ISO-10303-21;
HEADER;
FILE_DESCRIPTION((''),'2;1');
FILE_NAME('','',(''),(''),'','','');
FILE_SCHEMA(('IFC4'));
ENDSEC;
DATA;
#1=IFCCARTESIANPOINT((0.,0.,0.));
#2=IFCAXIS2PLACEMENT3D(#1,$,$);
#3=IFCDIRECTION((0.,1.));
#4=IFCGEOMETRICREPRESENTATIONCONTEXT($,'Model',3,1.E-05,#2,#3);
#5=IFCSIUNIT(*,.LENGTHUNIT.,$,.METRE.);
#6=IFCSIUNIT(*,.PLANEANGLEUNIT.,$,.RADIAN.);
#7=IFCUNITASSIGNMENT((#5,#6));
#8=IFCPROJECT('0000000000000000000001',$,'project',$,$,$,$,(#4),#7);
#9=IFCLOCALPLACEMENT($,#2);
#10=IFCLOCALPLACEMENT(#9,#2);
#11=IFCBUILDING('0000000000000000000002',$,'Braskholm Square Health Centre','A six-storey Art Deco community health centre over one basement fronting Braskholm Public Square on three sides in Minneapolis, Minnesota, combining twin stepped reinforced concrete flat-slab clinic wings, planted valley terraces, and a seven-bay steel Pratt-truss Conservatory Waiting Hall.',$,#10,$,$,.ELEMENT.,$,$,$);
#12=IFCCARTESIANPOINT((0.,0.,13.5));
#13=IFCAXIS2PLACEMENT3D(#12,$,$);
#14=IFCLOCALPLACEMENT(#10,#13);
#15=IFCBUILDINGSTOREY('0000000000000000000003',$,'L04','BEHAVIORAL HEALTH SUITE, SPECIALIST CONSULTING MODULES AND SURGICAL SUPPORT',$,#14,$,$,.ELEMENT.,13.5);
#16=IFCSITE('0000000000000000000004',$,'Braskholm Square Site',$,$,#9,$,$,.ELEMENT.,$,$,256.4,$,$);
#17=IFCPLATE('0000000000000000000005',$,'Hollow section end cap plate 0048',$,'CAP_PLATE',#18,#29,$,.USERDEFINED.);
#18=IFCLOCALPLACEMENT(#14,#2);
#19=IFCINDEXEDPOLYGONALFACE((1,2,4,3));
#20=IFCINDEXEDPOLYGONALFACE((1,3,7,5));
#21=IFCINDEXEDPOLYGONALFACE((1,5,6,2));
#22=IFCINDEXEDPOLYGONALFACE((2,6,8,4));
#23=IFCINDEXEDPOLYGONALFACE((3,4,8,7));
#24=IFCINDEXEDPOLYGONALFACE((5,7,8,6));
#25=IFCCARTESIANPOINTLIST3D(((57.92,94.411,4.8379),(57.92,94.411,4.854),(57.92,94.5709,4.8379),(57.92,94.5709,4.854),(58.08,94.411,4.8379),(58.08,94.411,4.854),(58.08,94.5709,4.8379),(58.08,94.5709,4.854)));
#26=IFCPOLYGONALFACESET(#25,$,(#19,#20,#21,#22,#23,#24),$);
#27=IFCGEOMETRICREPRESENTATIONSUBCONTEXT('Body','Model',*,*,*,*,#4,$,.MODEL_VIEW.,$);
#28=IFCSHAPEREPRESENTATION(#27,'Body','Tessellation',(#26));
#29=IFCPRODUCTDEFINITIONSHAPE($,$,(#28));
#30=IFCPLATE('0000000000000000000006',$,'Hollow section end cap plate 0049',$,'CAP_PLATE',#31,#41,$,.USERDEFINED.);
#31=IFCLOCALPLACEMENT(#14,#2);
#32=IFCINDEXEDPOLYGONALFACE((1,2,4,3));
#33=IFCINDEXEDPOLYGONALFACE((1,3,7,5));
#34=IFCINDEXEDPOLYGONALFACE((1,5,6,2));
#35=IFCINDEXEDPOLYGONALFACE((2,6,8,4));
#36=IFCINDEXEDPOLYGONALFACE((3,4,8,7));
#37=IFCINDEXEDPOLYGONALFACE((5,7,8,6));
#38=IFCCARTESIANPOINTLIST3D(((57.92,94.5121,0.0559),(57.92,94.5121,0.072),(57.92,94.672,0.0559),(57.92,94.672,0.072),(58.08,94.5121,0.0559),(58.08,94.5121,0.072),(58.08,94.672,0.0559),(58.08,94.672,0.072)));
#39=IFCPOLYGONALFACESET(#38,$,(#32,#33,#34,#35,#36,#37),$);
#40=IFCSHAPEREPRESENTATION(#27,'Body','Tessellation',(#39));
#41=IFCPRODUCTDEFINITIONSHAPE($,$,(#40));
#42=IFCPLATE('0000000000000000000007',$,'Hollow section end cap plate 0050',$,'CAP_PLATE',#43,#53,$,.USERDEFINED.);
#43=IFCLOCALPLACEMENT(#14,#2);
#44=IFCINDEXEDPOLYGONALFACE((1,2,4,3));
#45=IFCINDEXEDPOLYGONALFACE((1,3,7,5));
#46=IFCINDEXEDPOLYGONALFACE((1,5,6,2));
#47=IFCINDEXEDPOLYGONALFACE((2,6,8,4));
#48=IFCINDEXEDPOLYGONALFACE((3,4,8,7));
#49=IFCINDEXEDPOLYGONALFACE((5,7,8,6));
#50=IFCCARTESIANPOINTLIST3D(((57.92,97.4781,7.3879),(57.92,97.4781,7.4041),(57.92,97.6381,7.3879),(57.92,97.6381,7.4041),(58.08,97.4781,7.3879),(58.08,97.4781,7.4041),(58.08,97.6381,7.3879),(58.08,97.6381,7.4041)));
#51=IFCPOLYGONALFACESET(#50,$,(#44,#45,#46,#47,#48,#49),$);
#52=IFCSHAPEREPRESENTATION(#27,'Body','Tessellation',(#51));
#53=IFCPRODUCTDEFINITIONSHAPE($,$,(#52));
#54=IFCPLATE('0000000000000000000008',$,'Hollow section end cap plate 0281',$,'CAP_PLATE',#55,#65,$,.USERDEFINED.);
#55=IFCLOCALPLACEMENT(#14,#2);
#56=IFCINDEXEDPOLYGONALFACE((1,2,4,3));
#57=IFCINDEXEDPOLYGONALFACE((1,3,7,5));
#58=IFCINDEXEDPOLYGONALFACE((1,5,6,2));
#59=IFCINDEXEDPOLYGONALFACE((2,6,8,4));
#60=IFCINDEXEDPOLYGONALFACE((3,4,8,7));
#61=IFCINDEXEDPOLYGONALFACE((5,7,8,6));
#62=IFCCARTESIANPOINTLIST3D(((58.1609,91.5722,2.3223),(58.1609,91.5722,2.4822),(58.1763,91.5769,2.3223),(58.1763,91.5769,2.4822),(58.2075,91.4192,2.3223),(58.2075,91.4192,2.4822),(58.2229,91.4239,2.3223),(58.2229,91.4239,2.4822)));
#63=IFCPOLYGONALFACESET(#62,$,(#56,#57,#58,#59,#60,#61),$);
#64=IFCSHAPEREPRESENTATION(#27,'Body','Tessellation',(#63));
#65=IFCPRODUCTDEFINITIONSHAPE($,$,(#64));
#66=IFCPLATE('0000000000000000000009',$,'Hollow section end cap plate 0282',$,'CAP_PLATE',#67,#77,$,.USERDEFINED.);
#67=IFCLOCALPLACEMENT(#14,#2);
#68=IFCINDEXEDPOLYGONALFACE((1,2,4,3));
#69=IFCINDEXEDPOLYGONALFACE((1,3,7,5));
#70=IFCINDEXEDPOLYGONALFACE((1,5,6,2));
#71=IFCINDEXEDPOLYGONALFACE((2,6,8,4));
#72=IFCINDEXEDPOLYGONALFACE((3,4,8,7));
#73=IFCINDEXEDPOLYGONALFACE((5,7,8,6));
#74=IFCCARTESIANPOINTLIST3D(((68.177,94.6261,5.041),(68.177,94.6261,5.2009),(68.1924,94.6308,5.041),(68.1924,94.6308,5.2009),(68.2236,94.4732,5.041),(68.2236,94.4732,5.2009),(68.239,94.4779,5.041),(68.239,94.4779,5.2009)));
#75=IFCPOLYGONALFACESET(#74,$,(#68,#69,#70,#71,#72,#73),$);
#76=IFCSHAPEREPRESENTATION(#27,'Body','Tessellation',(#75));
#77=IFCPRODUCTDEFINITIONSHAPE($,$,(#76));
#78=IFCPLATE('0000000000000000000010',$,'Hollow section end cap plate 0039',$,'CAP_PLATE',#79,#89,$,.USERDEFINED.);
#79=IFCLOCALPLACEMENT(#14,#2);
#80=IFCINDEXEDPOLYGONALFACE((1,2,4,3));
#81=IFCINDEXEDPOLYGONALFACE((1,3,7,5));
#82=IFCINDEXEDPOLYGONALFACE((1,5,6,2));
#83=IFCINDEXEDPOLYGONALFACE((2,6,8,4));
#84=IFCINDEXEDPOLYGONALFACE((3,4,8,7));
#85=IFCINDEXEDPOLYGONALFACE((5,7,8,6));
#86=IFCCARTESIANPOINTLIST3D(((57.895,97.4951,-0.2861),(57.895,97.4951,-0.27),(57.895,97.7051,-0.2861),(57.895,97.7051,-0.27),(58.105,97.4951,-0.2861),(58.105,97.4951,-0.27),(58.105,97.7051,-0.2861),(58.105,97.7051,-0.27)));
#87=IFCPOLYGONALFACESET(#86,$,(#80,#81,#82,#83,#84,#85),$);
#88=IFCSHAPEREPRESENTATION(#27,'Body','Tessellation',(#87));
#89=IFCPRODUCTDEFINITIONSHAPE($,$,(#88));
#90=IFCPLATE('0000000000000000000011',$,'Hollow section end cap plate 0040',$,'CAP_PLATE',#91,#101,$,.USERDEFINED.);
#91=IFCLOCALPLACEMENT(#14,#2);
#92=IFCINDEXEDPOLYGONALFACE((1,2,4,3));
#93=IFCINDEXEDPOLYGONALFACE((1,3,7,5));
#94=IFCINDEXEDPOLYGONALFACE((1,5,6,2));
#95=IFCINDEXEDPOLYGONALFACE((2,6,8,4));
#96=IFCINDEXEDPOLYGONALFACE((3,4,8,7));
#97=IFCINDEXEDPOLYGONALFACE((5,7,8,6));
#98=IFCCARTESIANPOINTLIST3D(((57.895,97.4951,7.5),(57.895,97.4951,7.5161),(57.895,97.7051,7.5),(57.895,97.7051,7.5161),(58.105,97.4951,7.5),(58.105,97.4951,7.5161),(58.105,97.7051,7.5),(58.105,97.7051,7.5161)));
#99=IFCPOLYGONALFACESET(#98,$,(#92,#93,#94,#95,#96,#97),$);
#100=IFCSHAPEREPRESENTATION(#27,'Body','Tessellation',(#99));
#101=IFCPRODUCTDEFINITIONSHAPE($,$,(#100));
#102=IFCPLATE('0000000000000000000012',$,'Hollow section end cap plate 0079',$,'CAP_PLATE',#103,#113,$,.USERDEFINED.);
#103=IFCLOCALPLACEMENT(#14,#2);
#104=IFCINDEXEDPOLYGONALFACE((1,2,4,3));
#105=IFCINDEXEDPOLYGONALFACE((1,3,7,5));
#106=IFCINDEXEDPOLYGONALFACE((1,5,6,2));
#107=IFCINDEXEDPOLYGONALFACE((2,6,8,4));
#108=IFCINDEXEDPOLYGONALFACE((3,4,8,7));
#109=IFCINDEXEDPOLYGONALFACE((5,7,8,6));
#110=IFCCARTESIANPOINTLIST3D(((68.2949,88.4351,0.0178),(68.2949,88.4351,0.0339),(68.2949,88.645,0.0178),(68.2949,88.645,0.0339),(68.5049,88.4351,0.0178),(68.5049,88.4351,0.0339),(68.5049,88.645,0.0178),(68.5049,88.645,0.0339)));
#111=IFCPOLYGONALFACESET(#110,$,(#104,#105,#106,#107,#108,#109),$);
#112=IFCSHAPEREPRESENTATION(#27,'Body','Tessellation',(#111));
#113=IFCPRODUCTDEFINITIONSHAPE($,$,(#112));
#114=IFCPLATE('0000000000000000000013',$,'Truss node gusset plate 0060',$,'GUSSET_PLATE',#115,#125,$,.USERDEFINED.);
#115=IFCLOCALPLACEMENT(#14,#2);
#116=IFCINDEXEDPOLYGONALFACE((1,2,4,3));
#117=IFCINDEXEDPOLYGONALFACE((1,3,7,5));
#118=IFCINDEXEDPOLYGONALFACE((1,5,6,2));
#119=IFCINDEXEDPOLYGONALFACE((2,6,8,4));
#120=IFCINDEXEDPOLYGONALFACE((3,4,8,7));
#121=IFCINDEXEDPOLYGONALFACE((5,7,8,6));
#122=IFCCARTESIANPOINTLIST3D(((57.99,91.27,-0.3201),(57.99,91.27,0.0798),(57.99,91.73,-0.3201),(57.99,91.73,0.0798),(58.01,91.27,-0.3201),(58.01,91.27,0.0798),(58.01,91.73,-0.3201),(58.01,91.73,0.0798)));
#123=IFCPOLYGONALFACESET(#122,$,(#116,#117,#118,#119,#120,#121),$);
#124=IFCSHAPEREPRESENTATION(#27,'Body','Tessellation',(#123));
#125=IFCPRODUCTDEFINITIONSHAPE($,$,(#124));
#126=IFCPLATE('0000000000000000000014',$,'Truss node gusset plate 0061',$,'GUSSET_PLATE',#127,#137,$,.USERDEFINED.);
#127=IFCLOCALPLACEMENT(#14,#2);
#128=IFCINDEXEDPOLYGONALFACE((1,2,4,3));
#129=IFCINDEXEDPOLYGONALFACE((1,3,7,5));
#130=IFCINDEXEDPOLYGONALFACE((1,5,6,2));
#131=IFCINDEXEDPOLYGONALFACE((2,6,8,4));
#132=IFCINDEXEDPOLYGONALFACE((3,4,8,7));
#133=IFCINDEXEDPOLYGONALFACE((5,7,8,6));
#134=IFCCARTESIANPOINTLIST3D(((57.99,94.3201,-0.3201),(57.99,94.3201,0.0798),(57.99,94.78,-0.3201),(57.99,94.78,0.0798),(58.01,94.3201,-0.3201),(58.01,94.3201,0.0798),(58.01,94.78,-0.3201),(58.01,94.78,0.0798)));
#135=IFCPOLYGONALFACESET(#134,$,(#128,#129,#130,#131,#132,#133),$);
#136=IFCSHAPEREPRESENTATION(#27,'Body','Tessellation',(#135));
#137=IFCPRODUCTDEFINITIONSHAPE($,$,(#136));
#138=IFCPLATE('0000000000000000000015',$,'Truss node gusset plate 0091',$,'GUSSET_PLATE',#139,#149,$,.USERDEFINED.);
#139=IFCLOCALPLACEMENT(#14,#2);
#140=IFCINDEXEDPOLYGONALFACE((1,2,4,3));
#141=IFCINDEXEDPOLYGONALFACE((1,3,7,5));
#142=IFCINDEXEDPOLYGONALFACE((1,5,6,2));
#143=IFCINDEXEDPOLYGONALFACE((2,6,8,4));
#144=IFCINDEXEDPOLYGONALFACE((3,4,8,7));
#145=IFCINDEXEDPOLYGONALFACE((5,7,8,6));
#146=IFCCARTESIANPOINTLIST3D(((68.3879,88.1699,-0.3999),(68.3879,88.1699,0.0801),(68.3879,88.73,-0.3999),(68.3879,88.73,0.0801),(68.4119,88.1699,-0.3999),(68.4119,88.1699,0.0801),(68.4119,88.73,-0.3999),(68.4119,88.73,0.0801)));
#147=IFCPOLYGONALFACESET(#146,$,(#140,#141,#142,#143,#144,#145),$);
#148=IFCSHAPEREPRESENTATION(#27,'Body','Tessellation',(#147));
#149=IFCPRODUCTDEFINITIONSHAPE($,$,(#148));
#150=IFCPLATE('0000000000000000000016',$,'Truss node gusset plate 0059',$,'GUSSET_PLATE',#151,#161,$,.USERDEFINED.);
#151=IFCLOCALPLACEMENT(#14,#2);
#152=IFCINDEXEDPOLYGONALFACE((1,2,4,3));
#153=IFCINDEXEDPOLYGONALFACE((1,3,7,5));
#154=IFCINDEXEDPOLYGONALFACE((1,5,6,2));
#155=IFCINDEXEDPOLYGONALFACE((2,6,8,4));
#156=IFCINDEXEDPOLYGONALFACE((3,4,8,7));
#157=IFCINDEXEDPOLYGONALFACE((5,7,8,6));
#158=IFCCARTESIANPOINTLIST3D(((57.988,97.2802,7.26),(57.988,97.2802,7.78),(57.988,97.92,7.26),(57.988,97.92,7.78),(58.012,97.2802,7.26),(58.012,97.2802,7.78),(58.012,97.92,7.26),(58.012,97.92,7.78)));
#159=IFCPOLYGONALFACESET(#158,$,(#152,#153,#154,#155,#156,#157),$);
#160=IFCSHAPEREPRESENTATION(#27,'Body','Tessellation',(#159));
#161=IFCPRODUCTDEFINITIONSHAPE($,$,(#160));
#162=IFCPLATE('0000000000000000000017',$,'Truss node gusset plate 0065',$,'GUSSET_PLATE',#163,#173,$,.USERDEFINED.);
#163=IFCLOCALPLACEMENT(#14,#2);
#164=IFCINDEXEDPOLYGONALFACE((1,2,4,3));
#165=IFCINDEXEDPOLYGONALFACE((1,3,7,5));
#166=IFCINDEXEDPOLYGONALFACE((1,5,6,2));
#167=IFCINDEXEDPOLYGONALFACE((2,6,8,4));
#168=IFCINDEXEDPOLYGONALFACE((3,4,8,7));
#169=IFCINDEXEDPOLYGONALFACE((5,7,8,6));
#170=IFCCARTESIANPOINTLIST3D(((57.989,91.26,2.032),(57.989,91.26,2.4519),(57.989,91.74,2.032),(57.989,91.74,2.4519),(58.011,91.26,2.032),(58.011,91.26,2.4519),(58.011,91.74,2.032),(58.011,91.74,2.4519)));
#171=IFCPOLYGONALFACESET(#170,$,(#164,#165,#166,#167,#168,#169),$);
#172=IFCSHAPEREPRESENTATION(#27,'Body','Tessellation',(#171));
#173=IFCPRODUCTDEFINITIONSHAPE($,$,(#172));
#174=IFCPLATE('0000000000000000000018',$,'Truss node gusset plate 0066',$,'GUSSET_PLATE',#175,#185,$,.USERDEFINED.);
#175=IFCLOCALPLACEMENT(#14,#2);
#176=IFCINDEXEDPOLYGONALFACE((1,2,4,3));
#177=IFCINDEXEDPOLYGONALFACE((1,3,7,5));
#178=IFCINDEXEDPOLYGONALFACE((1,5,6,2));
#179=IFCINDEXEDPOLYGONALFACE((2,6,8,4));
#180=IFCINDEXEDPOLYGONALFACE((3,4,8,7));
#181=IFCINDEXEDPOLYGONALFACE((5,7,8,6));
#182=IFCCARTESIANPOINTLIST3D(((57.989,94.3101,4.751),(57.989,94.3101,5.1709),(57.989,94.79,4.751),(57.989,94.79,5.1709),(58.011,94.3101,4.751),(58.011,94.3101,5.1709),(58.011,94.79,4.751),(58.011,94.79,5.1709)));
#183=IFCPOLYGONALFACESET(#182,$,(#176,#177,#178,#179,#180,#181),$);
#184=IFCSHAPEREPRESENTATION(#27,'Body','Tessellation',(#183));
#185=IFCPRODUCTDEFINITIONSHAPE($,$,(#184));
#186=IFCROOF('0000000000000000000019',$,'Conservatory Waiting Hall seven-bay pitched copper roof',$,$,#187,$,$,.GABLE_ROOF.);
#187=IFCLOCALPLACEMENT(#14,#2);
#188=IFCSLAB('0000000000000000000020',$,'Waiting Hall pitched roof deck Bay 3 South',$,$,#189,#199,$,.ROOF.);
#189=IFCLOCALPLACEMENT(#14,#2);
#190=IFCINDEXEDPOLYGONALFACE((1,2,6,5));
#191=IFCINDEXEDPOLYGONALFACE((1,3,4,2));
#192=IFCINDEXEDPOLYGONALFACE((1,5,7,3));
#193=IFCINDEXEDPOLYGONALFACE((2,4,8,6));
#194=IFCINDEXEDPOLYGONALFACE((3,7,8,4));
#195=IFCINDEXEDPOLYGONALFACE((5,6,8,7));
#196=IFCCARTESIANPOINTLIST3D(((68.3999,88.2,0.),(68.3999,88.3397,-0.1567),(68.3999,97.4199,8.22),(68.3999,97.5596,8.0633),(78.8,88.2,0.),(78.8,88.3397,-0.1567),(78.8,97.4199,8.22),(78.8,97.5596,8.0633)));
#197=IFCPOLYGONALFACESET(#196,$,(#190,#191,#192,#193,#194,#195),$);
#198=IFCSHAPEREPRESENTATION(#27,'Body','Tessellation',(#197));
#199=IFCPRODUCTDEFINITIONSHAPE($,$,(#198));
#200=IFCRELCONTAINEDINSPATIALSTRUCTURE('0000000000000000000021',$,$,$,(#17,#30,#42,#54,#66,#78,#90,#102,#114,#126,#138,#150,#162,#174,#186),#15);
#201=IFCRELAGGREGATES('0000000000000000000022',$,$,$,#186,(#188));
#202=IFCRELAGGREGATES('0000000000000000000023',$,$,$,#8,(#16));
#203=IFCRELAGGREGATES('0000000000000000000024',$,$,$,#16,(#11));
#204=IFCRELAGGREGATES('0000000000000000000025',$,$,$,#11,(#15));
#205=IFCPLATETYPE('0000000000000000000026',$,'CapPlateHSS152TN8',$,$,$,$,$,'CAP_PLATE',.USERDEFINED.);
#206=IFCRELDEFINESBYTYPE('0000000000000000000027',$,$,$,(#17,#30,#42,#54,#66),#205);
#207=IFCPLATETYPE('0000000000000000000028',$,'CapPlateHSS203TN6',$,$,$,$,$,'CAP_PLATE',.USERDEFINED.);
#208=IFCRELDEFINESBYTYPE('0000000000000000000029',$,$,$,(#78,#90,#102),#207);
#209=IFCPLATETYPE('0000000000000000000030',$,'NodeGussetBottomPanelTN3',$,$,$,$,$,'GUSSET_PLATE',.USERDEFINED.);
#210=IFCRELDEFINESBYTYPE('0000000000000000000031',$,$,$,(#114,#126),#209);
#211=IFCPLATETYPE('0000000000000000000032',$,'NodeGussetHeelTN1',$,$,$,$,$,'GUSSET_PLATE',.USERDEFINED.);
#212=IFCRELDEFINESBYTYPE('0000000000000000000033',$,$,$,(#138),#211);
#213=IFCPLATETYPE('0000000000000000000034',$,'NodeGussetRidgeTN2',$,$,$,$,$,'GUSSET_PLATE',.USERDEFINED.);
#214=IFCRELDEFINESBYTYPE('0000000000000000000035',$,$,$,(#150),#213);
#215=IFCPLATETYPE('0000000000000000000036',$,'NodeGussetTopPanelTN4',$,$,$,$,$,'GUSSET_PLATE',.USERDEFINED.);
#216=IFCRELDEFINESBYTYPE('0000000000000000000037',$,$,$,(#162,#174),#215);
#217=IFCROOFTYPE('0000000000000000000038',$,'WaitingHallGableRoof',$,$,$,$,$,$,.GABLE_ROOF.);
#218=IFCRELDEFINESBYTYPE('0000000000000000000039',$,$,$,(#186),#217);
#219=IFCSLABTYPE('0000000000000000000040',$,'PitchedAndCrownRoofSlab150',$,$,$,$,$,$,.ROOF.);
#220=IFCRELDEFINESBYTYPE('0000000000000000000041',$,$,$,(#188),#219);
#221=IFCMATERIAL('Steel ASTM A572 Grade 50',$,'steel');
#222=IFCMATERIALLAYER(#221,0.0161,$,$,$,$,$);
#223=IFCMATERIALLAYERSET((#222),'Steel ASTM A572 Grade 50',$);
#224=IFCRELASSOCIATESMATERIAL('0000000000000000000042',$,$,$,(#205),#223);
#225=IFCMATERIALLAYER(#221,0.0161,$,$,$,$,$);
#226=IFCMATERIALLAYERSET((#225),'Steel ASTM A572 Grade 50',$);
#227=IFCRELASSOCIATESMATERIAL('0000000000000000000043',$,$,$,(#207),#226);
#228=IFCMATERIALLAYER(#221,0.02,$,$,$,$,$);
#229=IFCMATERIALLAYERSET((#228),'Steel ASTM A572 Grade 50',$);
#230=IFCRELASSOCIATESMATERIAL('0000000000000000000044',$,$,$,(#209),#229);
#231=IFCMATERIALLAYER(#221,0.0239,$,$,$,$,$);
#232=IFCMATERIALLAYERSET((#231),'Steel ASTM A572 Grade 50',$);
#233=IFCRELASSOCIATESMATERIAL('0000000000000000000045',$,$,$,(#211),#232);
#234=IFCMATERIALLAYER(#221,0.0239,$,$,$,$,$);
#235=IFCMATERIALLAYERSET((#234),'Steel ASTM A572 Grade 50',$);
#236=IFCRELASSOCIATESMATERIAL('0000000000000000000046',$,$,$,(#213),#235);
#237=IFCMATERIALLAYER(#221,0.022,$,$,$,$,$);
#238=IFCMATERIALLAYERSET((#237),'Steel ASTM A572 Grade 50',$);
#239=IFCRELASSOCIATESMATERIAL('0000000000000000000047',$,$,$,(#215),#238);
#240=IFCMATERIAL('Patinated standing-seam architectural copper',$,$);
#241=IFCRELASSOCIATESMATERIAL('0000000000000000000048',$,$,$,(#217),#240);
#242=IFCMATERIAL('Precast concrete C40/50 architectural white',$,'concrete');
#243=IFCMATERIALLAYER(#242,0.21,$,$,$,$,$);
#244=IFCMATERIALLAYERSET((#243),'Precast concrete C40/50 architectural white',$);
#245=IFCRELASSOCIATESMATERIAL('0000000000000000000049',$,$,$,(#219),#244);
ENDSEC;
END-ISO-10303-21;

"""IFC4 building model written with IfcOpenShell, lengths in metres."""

from ifc_helpers import new_model, si_unit, direction, frame, origin, origin_2d, place, context, subcontext, project, spatial, polyline, rectangle, outline, extrude, material, layer, layer_set, type_object, element, aggregate, save


model = new_model("IFC4")

# Units and contexts
model_context = context("Model", 3, precision=1e-05, world=origin(), true_north=direction((0.0, 1.0)))
body_context = subcontext(model_context, "Body", "Model", "MODEL_VIEW")
ifc_project = project(units=[si_unit("LENGTHUNIT", "METRE"), si_unit("PLANEANGLEUNIT", "RADIAN")], contexts=[model_context])

# Site, building, storey
site_placement = place(None, origin())
site = spatial("IfcSite", under=ifc_project, at=site_placement, Name="Braskholm Square Site", CompositionType="ELEMENT", RefElevation=256.4)
building_placement = place(site_placement, origin())
building = spatial("IfcBuilding", under=site, at=building_placement, Name="Braskholm Square Health Centre", Description="A six-storey Art Deco community health centre over one basement fronting Braskholm Public Square on three sides in Minneapolis, Minnesota, combining twin stepped reinforced concrete flat-slab clinic wings, planted valley terraces, and a seven-bay steel Pratt-truss Conservatory Waiting Hall.", CompositionType="ELEMENT")
storey_placement = place(building_placement, frame((0.0, 0.0, 13.5)))
storey = spatial("IfcBuildingStorey", under=building, at=storey_placement, Name="L04", Description="BEHAVIORAL HEALTH SUITE, SPECIALIST CONSULTING MODULES AND SURGICAL SUPPORT", CompositionType="ELEMENT", Elevation=13.5)

# Plates
ifc_material_1 = material(Name="Steel ASTM A572 Grade 50", Category="steel")
ifc_layer_1 = layer(ifc_material_1, 0.0161)
ifc_layer_set_1 = layer_set([ifc_layer_1], Name="Steel ASTM A572 Grade 50")
plate_type_1 = type_object("IfcPlateType", Name="CapPlateHSS152TN8", ElementType="CAP_PLATE", PredefinedType="USERDEFINED", material=ifc_layer_set_1)
for number, where, z_axis, x_axis, name in (
    (1, (58.0, 94.491, 4.8379), (0.0, 0.0, 1.0), (1.0, 0.0, 0.0), "Hollow section end cap plate 0048"),
    (2, (58.0, 94.592, 0.0559), (0.0, 0.0, 1.0), (1.0, 0.0, 0.0), "Hollow section end cap plate 0049"),
    (3, (58.0, 97.5581, 7.3879), (0.0, 0.0, 1.0), (1.0, 0.0, 0.0), "Hollow section end cap plate 0050"),
):
    element("IfcPlate", number, at=place(storey_placement, frame(where, z_axis=z_axis, x_axis=x_axis)), inside=storey, type_object=plate_type_1, Name=name, ObjectType="CAP_PLATE", PredefinedType="USERDEFINED", context=body_context, shape_type="SweptSolid", body=[
        extrude(rectangle(XDim=0.1599, YDim=0.1599, at=origin_2d()), origin(), (0.0, 0.0, 1.0), 0.0161),
    ])
for number, where, z_axis, x_axis, name in (
    (4, (58.1919, 91.498, 2.3223), (0.0, 0.0, 1.0), (0.956498, 0.291737, 0.0), "Hollow section end cap plate 0281"),
    (5, (68.208, 94.552, 5.041), (0.0, 0.0, 1.0), (0.956498, 0.291737, 0.0), "Hollow section end cap plate 0282"),
):
    element("IfcPlate", number, at=place(storey_placement, frame(where, z_axis=z_axis, x_axis=x_axis)), inside=storey, type_object=plate_type_1, Name=name, ObjectType="CAP_PLATE", PredefinedType="USERDEFINED", context=body_context, shape_type="SweptSolid", body=[
        extrude(rectangle(XDim=0.0161, YDim=0.1599, at=origin_2d()), origin(), (0.0, 0.0, 1.0), 0.1599),
    ])
ifc_layer_2 = layer(ifc_material_1, 0.0161)
ifc_layer_set_2 = layer_set([ifc_layer_2], Name="Steel ASTM A572 Grade 50")
plate_type_2 = type_object("IfcPlateType", Name="CapPlateHSS203TN6", ElementType="CAP_PLATE", PredefinedType="USERDEFINED", material=ifc_layer_set_2)
for number, where, z_axis, x_axis, name in (
    (6, (58.0, 97.6001, -0.2861), (0.0, 0.0, 1.0), (1.0, 0.0, 0.0), "Hollow section end cap plate 0039"),
    (7, (58.0, 97.6001, 7.5), (0.0, 0.0, 1.0), (1.0, 0.0, 0.0), "Hollow section end cap plate 0040"),
    (8, (68.3999, 88.54, 0.0178), (0.0, 0.0, 1.0), (1.0, 0.0, 0.0), "Hollow section end cap plate 0079"),
):
    element("IfcPlate", number, at=place(storey_placement, frame(where, z_axis=z_axis, x_axis=x_axis)), inside=storey, type_object=plate_type_2, Name=name, ObjectType="CAP_PLATE", PredefinedType="USERDEFINED", context=body_context, shape_type="SweptSolid", body=[
        extrude(rectangle(XDim=0.21, YDim=0.21, at=origin_2d()), origin(), (0.0, 0.0, 1.0), 0.0161),
    ])
ifc_layer_3 = layer(ifc_material_1, 0.02)
ifc_layer_set_3 = layer_set([ifc_layer_3], Name="Steel ASTM A572 Grade 50")
plate_type_3 = type_object("IfcPlateType", Name="NodeGussetBottomPanelTN3", ElementType="GUSSET_PLATE", PredefinedType="USERDEFINED", material=ifc_layer_set_3)
for number, where, z_axis, x_axis, name in (
    (9, (58.0, 91.5, -0.3201), (0.0, 0.0, 1.0), (1.0, 0.0, 0.0), "Truss node gusset plate 0060"),
    (10, (58.0, 94.55, -0.3201), (0.0, 0.0, 1.0), (1.0, 0.0, 0.0), "Truss node gusset plate 0061"),
):
    element("IfcPlate", number, at=place(storey_placement, frame(where, z_axis=z_axis, x_axis=x_axis)), inside=storey, type_object=plate_type_3, Name=name, ObjectType="GUSSET_PLATE", PredefinedType="USERDEFINED", context=body_context, shape_type="SweptSolid", body=[
        extrude(rectangle(XDim=0.02, YDim=0.46, at=origin_2d()), origin(), (0.0, 0.0, 1.0), 0.3999),
    ])
ifc_layer_4 = layer(ifc_material_1, 0.0239)
ifc_layer_set_4 = layer_set([ifc_layer_4], Name="Steel ASTM A572 Grade 50")
plate_type_4 = type_object("IfcPlateType", Name="NodeGussetHeelTN1", ElementType="GUSSET_PLATE", PredefinedType="USERDEFINED", material=ifc_layer_set_4)
plate_1_placement = place(storey_placement, frame((68.3999, 88.45, -0.3999), z_axis=(0.0, 0.0, 1.0), x_axis=(1.0, 0.0, 0.0)))
element("IfcPlate", 11, at=plate_1_placement, inside=storey, type_object=plate_type_4, Name="Truss node gusset plate 0091", ObjectType="GUSSET_PLATE", PredefinedType="USERDEFINED", context=body_context, shape_type="SweptSolid", body=[
    extrude(rectangle(XDim=0.0239, YDim=0.5601, at=origin_2d()), origin(), (0.0, 0.0, 1.0), 0.48),
])
ifc_layer_5 = layer(ifc_material_1, 0.0239)
ifc_layer_set_5 = layer_set([ifc_layer_5], Name="Steel ASTM A572 Grade 50")
plate_type_5 = type_object("IfcPlateType", Name="NodeGussetRidgeTN2", ElementType="GUSSET_PLATE", PredefinedType="USERDEFINED", material=ifc_layer_set_5)
plate_2_placement = place(storey_placement, frame((58.0, 97.6001, 7.26), z_axis=(0.0, 0.0, 1.0), x_axis=(1.0, 0.0, 0.0)))
element("IfcPlate", 12, at=plate_2_placement, inside=storey, type_object=plate_type_5, Name="Truss node gusset plate 0059", ObjectType="GUSSET_PLATE", PredefinedType="USERDEFINED", context=body_context, shape_type="SweptSolid", body=[
    extrude(rectangle(XDim=0.0239, YDim=0.6399, at=origin_2d()), origin(), (0.0, 0.0, 1.0), 0.52),
])
ifc_layer_6 = layer(ifc_material_1, 0.022)
ifc_layer_set_6 = layer_set([ifc_layer_6], Name="Steel ASTM A572 Grade 50")
plate_type_6 = type_object("IfcPlateType", Name="NodeGussetTopPanelTN4", ElementType="GUSSET_PLATE", PredefinedType="USERDEFINED", material=ifc_layer_set_6)
for number, where, z_axis, x_axis, name in (
    (13, (58.0, 91.5, 2.032), (0.0, 0.0, 1.0), (1.0, 0.0, 0.0), "Truss node gusset plate 0065"),
    (14, (58.0, 94.55, 4.751), (0.0, 0.0, 1.0), (1.0, 0.0, 0.0), "Truss node gusset plate 0066"),
):
    element("IfcPlate", number, at=place(storey_placement, frame(where, z_axis=z_axis, x_axis=x_axis)), inside=storey, type_object=plate_type_6, Name=name, ObjectType="GUSSET_PLATE", PredefinedType="USERDEFINED", context=body_context, shape_type="SweptSolid", body=[
        extrude(rectangle(XDim=0.022, YDim=0.48, at=origin_2d()), origin(), (0.0, 0.0, 1.0), 0.4199),
    ])

# Roof, slab
ifc_material_2 = material(Name="Patinated standing-seam architectural copper")
roof_type = type_object("IfcRoofType", Name="WaitingHallGableRoof", PredefinedType="GABLE_ROOF", material=ifc_material_2)
roof_placement = place(storey_placement, origin())
roof = element("IfcRoof", 15, at=roof_placement, inside=storey, type_object=roof_type, Name="Conservatory Waiting Hall seven-bay pitched copper roof", PredefinedType="GABLE_ROOF")
ifc_material_3 = material(Name="Precast concrete C40/50 architectural white", Category="concrete")
ifc_layer_7 = layer(ifc_material_3, 0.21)
ifc_layer_set_7 = layer_set([ifc_layer_7], Name="Precast concrete C40/50 architectural white")
slab_type = type_object("IfcSlabType", Name="PitchedAndCrownRoofSlab150", PredefinedType="ROOF", material=ifc_layer_set_7)
slab_placement = place(storey_placement, frame((68.3999, 88.2, 0.0), z_axis=(0.0, -0.665468, 0.746426), x_axis=(1.0, 0.0, 0.0)))
slab = element("IfcSlab", 16, at=slab_placement, type_object=slab_type, Name="Waiting Hall pitched roof deck Bay 3 South", PredefinedType="ROOF", context=body_context, shape_type="SweptSolid", body=[
    extrude(outline(polyline([(0.0, 0.0), (10.4001, 0.0), (10.4001, 12.3522), (0.0, 12.3522), (0.0, 0.0)])), origin(), (0.0, 0.0, -1.0), 0.21),
])
aggregate(roof, [slab])

save(model, "model.ifc")
